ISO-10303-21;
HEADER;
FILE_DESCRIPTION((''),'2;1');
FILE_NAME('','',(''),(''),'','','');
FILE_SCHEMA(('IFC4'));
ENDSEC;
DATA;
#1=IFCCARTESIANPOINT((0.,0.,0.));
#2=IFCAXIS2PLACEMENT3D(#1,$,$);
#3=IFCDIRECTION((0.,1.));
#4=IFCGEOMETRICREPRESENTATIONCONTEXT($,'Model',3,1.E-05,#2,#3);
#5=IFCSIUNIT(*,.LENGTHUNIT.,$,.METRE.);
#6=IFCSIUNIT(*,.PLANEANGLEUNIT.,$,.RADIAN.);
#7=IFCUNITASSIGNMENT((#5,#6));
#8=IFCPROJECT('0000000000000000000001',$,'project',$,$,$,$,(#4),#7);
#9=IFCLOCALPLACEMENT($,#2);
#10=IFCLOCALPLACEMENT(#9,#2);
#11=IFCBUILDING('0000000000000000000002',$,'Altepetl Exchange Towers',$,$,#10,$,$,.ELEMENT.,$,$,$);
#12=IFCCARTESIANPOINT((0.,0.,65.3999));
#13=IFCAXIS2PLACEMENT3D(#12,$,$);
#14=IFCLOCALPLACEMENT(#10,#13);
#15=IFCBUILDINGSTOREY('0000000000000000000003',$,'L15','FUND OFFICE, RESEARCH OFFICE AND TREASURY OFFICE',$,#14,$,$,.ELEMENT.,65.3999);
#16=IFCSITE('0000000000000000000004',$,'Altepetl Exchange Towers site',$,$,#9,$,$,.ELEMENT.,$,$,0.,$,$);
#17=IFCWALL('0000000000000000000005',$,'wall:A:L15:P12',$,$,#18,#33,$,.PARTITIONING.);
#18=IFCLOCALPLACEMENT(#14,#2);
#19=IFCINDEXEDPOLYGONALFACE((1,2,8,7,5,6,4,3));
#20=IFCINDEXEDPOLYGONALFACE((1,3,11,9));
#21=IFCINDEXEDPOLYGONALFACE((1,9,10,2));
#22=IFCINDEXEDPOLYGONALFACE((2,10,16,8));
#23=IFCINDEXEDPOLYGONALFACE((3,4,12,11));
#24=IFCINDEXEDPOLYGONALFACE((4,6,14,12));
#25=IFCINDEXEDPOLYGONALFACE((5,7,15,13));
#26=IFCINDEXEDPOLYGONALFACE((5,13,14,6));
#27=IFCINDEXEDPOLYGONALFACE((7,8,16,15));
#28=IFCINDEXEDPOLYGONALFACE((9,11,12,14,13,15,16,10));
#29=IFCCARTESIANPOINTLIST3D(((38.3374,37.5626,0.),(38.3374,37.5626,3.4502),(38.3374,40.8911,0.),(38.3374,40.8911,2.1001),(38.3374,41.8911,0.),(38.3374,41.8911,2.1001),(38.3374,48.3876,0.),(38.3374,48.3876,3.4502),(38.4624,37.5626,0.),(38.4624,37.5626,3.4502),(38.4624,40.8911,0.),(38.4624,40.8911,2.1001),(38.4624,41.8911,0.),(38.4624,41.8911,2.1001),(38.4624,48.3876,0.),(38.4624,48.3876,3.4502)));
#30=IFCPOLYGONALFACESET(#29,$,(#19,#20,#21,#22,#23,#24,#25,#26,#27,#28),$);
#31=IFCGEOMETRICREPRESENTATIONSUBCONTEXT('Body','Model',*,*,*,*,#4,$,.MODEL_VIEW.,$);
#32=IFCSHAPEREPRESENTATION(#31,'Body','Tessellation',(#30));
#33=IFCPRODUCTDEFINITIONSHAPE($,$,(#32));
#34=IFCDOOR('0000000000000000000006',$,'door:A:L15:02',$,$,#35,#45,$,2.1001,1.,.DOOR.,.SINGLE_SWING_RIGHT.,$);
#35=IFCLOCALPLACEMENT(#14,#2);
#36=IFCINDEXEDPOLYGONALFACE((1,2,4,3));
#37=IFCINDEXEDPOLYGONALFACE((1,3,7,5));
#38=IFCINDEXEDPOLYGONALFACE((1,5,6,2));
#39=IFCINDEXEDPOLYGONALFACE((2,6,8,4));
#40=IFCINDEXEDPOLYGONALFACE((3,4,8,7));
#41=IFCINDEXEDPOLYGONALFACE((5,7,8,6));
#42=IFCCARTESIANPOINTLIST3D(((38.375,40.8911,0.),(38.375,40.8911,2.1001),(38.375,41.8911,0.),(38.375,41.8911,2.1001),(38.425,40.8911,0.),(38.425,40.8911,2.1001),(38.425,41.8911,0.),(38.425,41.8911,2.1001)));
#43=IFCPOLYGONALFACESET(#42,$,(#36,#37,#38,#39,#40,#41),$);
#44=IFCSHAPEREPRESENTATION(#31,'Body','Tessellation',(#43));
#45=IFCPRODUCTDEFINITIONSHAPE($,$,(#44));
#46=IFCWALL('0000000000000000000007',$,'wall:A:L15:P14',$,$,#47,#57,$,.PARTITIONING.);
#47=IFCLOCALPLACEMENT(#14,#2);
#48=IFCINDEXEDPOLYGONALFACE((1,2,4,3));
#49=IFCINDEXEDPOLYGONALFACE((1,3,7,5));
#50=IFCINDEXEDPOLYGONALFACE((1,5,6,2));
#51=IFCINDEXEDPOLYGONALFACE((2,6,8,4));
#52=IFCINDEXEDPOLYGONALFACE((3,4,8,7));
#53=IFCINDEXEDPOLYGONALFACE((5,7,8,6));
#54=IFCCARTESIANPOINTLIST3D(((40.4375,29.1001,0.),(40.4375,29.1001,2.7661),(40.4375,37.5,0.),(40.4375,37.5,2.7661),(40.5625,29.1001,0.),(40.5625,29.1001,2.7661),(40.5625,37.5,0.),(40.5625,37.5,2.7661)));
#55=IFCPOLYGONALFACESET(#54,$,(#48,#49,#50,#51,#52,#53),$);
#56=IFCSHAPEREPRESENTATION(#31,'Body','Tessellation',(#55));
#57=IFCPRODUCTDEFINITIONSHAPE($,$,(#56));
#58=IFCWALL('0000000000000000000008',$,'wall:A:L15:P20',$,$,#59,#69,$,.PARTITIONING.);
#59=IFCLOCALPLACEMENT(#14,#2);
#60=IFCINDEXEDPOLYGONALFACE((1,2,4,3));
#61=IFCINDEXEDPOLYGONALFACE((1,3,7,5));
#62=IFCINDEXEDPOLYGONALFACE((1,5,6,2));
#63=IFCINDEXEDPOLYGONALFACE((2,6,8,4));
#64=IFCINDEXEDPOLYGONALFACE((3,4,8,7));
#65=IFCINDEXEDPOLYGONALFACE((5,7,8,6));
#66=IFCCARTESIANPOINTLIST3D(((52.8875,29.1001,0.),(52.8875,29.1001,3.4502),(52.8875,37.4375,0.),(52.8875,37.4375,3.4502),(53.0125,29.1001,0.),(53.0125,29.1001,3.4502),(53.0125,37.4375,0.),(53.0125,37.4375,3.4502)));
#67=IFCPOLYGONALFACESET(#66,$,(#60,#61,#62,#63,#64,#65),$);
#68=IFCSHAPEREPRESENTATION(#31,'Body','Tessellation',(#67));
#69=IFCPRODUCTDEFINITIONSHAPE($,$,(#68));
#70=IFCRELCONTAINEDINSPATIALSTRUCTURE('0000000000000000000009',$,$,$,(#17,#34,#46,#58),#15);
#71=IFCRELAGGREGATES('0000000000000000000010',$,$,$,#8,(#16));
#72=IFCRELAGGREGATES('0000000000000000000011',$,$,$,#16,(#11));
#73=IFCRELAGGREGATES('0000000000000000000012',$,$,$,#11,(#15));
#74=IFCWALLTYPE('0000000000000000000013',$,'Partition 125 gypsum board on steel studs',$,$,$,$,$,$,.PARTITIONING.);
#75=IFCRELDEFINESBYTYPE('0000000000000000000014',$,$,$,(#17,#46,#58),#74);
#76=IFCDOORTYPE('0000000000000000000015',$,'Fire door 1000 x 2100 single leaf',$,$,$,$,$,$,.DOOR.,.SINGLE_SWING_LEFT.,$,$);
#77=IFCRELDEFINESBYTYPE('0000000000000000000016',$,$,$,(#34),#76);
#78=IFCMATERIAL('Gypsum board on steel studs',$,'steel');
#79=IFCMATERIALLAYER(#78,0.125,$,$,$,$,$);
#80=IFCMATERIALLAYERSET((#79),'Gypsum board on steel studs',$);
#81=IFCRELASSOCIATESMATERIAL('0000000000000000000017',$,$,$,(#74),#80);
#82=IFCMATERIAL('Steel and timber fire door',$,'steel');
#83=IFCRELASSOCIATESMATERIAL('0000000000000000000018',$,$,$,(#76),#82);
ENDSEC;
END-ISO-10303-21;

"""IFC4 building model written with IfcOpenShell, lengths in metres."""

from ifc_helpers import new_model, si_unit, direction, frame, frame_2d, origin, place, context, subcontext, project, spatial, rectangle, extrude, material, layer, layer_set, type_object, element, fill, save


model = new_model("IFC4")

# Units and contexts
model_context = context("Model", 3, precision=1e-05, world=origin(), true_north=direction((0.0, 1.0)))
body_context = subcontext(model_context, "Body", "Model", "MODEL_VIEW")
ifc_project = project(units=[si_unit("LENGTHUNIT", "METRE"), si_unit("PLANEANGLEUNIT", "RADIAN")], contexts=[model_context])

# Site, building, storey
site_placement = place(None, origin())
site = spatial("IfcSite", under=ifc_project, at=site_placement, Name="Altepetl Exchange Towers site", CompositionType="ELEMENT", RefElevation=0.0)
building_placement = place(site_placement, origin())
building = spatial("IfcBuilding", under=site, at=building_placement, Name="Altepetl Exchange Towers", CompositionType="ELEMENT")
storey_placement = place(building_placement, frame((0.0, 0.0, 65.3999)))
storey = spatial("IfcBuildingStorey", under=building, at=storey_placement, Name="L15", Description="FUND OFFICE, RESEARCH OFFICE AND TREASURY OFFICE", CompositionType="ELEMENT", Elevation=65.3999)

# Shared definitions
ifc_material_1 = material(Name="Steel and timber fire door", Category="steel")

# Wall, opening, door
ifc_material_2 = material(Name="Gypsum board on steel studs", Category="steel")
ifc_layer_1 = layer(ifc_material_2, 0.125)
ifc_layer_set_1 = layer_set([ifc_layer_1], Name="Gypsum board on steel studs")
wall_type_1 = type_object("IfcWallType", Name="Partition 125 gypsum board on steel studs", PredefinedType="PARTITIONING", material=ifc_layer_set_1)
wall_1_placement = place(storey_placement, frame((38.3999, 37.5625, 0.0), z_axis=(0.0, 0.0, 1.0), x_axis=(0.0, 1.0, 0.0)))
wall_1 = element("IfcWall", 1, at=wall_1_placement, inside=storey, type_object=wall_type_1, Name="wall:A:L15:P12", PredefinedType="PARTITIONING", context=body_context, shape_type="SweptSolid", body=[
    extrude(rectangle(XDim=10.825, YDim=0.125, at=frame_2d((5.4126, 0.0))), origin(), (0.0, 0.0, 1.0), 3.4502),
])
opening_1_placement = place(wall_1_placement, frame((3.3286, 0.0, 0.0)))
opening_1 = element("IfcOpeningElement", 2, at=opening_1_placement, cuts=wall_1, PredefinedType="OPENING", context=body_context, shape_type="SweptSolid", body=[
    extrude(rectangle(XDim=1.0, YDim=2.1001, at=frame_2d((0.5, 1.05))), frame((0.0, 0.0725, 0.0), z_axis=(0.0, -1.0, 0.0), x_axis=(1.0, 0.0, 0.0)), (0.0, 0.0, 1.0), 0.145),
])
door_type_1 = type_object("IfcDoorType", Name="Fire door 1000 x 2100 single leaf", OperationType="SINGLE_SWING_LEFT", PredefinedType="DOOR", material=ifc_material_1)
door_1_placement = place(opening_1_placement, origin())
door_1 = element("IfcDoor", 3, at=door_1_placement, inside=storey, type_object=door_type_1, Name="door:A:L15:02", OperationType="SINGLE_SWING_RIGHT", OverallHeight=2.1001, OverallWidth=1.0, PredefinedType="DOOR", context=body_context, shape_type="SweptSolid", body=[
    extrude(rectangle(XDim=1.0, YDim=2.1001, at=frame_2d((0.5, 1.05))), frame((0.0, 0.0249, 0.0), z_axis=(0.0, -1.0, 0.0), x_axis=(1.0, 0.0, 0.0)), (0.0, 0.0, 1.0), 0.05),
])
fill(opening_1, door_1)

# Walls
wall_2_placement = place(storey_placement, frame((40.5, 29.1001, 0.0), z_axis=(0.0, 0.0, 1.0), x_axis=(0.0, 1.0, 0.0)))
element("IfcWall", 4, at=wall_2_placement, inside=storey, type_object=wall_type_1, Name="wall:A:L15:P14", PredefinedType="PARTITIONING", context=body_context, shape_type="SweptSolid", body=[
    extrude(rectangle(XDim=8.3999, YDim=0.125, at=frame_2d((4.2, 0.0))), origin(), (0.0, 0.0, 1.0), 2.7661),
])
wall_3_placement = place(storey_placement, frame((52.95, 29.1001, 0.0), z_axis=(0.0, 0.0, 1.0), x_axis=(0.0, 1.0, 0.0)))
element("IfcWall", 5, at=wall_3_placement, inside=storey, type_object=wall_type_1, Name="wall:A:L15:P20", PredefinedType="PARTITIONING", context=body_context, shape_type="SweptSolid", body=[
    extrude(rectangle(XDim=8.3374, YDim=0.125, at=frame_2d((4.1687, 0.0))), origin(), (0.0, 0.0, 1.0), 3.4502),
])

save(model, "model.ifc")
